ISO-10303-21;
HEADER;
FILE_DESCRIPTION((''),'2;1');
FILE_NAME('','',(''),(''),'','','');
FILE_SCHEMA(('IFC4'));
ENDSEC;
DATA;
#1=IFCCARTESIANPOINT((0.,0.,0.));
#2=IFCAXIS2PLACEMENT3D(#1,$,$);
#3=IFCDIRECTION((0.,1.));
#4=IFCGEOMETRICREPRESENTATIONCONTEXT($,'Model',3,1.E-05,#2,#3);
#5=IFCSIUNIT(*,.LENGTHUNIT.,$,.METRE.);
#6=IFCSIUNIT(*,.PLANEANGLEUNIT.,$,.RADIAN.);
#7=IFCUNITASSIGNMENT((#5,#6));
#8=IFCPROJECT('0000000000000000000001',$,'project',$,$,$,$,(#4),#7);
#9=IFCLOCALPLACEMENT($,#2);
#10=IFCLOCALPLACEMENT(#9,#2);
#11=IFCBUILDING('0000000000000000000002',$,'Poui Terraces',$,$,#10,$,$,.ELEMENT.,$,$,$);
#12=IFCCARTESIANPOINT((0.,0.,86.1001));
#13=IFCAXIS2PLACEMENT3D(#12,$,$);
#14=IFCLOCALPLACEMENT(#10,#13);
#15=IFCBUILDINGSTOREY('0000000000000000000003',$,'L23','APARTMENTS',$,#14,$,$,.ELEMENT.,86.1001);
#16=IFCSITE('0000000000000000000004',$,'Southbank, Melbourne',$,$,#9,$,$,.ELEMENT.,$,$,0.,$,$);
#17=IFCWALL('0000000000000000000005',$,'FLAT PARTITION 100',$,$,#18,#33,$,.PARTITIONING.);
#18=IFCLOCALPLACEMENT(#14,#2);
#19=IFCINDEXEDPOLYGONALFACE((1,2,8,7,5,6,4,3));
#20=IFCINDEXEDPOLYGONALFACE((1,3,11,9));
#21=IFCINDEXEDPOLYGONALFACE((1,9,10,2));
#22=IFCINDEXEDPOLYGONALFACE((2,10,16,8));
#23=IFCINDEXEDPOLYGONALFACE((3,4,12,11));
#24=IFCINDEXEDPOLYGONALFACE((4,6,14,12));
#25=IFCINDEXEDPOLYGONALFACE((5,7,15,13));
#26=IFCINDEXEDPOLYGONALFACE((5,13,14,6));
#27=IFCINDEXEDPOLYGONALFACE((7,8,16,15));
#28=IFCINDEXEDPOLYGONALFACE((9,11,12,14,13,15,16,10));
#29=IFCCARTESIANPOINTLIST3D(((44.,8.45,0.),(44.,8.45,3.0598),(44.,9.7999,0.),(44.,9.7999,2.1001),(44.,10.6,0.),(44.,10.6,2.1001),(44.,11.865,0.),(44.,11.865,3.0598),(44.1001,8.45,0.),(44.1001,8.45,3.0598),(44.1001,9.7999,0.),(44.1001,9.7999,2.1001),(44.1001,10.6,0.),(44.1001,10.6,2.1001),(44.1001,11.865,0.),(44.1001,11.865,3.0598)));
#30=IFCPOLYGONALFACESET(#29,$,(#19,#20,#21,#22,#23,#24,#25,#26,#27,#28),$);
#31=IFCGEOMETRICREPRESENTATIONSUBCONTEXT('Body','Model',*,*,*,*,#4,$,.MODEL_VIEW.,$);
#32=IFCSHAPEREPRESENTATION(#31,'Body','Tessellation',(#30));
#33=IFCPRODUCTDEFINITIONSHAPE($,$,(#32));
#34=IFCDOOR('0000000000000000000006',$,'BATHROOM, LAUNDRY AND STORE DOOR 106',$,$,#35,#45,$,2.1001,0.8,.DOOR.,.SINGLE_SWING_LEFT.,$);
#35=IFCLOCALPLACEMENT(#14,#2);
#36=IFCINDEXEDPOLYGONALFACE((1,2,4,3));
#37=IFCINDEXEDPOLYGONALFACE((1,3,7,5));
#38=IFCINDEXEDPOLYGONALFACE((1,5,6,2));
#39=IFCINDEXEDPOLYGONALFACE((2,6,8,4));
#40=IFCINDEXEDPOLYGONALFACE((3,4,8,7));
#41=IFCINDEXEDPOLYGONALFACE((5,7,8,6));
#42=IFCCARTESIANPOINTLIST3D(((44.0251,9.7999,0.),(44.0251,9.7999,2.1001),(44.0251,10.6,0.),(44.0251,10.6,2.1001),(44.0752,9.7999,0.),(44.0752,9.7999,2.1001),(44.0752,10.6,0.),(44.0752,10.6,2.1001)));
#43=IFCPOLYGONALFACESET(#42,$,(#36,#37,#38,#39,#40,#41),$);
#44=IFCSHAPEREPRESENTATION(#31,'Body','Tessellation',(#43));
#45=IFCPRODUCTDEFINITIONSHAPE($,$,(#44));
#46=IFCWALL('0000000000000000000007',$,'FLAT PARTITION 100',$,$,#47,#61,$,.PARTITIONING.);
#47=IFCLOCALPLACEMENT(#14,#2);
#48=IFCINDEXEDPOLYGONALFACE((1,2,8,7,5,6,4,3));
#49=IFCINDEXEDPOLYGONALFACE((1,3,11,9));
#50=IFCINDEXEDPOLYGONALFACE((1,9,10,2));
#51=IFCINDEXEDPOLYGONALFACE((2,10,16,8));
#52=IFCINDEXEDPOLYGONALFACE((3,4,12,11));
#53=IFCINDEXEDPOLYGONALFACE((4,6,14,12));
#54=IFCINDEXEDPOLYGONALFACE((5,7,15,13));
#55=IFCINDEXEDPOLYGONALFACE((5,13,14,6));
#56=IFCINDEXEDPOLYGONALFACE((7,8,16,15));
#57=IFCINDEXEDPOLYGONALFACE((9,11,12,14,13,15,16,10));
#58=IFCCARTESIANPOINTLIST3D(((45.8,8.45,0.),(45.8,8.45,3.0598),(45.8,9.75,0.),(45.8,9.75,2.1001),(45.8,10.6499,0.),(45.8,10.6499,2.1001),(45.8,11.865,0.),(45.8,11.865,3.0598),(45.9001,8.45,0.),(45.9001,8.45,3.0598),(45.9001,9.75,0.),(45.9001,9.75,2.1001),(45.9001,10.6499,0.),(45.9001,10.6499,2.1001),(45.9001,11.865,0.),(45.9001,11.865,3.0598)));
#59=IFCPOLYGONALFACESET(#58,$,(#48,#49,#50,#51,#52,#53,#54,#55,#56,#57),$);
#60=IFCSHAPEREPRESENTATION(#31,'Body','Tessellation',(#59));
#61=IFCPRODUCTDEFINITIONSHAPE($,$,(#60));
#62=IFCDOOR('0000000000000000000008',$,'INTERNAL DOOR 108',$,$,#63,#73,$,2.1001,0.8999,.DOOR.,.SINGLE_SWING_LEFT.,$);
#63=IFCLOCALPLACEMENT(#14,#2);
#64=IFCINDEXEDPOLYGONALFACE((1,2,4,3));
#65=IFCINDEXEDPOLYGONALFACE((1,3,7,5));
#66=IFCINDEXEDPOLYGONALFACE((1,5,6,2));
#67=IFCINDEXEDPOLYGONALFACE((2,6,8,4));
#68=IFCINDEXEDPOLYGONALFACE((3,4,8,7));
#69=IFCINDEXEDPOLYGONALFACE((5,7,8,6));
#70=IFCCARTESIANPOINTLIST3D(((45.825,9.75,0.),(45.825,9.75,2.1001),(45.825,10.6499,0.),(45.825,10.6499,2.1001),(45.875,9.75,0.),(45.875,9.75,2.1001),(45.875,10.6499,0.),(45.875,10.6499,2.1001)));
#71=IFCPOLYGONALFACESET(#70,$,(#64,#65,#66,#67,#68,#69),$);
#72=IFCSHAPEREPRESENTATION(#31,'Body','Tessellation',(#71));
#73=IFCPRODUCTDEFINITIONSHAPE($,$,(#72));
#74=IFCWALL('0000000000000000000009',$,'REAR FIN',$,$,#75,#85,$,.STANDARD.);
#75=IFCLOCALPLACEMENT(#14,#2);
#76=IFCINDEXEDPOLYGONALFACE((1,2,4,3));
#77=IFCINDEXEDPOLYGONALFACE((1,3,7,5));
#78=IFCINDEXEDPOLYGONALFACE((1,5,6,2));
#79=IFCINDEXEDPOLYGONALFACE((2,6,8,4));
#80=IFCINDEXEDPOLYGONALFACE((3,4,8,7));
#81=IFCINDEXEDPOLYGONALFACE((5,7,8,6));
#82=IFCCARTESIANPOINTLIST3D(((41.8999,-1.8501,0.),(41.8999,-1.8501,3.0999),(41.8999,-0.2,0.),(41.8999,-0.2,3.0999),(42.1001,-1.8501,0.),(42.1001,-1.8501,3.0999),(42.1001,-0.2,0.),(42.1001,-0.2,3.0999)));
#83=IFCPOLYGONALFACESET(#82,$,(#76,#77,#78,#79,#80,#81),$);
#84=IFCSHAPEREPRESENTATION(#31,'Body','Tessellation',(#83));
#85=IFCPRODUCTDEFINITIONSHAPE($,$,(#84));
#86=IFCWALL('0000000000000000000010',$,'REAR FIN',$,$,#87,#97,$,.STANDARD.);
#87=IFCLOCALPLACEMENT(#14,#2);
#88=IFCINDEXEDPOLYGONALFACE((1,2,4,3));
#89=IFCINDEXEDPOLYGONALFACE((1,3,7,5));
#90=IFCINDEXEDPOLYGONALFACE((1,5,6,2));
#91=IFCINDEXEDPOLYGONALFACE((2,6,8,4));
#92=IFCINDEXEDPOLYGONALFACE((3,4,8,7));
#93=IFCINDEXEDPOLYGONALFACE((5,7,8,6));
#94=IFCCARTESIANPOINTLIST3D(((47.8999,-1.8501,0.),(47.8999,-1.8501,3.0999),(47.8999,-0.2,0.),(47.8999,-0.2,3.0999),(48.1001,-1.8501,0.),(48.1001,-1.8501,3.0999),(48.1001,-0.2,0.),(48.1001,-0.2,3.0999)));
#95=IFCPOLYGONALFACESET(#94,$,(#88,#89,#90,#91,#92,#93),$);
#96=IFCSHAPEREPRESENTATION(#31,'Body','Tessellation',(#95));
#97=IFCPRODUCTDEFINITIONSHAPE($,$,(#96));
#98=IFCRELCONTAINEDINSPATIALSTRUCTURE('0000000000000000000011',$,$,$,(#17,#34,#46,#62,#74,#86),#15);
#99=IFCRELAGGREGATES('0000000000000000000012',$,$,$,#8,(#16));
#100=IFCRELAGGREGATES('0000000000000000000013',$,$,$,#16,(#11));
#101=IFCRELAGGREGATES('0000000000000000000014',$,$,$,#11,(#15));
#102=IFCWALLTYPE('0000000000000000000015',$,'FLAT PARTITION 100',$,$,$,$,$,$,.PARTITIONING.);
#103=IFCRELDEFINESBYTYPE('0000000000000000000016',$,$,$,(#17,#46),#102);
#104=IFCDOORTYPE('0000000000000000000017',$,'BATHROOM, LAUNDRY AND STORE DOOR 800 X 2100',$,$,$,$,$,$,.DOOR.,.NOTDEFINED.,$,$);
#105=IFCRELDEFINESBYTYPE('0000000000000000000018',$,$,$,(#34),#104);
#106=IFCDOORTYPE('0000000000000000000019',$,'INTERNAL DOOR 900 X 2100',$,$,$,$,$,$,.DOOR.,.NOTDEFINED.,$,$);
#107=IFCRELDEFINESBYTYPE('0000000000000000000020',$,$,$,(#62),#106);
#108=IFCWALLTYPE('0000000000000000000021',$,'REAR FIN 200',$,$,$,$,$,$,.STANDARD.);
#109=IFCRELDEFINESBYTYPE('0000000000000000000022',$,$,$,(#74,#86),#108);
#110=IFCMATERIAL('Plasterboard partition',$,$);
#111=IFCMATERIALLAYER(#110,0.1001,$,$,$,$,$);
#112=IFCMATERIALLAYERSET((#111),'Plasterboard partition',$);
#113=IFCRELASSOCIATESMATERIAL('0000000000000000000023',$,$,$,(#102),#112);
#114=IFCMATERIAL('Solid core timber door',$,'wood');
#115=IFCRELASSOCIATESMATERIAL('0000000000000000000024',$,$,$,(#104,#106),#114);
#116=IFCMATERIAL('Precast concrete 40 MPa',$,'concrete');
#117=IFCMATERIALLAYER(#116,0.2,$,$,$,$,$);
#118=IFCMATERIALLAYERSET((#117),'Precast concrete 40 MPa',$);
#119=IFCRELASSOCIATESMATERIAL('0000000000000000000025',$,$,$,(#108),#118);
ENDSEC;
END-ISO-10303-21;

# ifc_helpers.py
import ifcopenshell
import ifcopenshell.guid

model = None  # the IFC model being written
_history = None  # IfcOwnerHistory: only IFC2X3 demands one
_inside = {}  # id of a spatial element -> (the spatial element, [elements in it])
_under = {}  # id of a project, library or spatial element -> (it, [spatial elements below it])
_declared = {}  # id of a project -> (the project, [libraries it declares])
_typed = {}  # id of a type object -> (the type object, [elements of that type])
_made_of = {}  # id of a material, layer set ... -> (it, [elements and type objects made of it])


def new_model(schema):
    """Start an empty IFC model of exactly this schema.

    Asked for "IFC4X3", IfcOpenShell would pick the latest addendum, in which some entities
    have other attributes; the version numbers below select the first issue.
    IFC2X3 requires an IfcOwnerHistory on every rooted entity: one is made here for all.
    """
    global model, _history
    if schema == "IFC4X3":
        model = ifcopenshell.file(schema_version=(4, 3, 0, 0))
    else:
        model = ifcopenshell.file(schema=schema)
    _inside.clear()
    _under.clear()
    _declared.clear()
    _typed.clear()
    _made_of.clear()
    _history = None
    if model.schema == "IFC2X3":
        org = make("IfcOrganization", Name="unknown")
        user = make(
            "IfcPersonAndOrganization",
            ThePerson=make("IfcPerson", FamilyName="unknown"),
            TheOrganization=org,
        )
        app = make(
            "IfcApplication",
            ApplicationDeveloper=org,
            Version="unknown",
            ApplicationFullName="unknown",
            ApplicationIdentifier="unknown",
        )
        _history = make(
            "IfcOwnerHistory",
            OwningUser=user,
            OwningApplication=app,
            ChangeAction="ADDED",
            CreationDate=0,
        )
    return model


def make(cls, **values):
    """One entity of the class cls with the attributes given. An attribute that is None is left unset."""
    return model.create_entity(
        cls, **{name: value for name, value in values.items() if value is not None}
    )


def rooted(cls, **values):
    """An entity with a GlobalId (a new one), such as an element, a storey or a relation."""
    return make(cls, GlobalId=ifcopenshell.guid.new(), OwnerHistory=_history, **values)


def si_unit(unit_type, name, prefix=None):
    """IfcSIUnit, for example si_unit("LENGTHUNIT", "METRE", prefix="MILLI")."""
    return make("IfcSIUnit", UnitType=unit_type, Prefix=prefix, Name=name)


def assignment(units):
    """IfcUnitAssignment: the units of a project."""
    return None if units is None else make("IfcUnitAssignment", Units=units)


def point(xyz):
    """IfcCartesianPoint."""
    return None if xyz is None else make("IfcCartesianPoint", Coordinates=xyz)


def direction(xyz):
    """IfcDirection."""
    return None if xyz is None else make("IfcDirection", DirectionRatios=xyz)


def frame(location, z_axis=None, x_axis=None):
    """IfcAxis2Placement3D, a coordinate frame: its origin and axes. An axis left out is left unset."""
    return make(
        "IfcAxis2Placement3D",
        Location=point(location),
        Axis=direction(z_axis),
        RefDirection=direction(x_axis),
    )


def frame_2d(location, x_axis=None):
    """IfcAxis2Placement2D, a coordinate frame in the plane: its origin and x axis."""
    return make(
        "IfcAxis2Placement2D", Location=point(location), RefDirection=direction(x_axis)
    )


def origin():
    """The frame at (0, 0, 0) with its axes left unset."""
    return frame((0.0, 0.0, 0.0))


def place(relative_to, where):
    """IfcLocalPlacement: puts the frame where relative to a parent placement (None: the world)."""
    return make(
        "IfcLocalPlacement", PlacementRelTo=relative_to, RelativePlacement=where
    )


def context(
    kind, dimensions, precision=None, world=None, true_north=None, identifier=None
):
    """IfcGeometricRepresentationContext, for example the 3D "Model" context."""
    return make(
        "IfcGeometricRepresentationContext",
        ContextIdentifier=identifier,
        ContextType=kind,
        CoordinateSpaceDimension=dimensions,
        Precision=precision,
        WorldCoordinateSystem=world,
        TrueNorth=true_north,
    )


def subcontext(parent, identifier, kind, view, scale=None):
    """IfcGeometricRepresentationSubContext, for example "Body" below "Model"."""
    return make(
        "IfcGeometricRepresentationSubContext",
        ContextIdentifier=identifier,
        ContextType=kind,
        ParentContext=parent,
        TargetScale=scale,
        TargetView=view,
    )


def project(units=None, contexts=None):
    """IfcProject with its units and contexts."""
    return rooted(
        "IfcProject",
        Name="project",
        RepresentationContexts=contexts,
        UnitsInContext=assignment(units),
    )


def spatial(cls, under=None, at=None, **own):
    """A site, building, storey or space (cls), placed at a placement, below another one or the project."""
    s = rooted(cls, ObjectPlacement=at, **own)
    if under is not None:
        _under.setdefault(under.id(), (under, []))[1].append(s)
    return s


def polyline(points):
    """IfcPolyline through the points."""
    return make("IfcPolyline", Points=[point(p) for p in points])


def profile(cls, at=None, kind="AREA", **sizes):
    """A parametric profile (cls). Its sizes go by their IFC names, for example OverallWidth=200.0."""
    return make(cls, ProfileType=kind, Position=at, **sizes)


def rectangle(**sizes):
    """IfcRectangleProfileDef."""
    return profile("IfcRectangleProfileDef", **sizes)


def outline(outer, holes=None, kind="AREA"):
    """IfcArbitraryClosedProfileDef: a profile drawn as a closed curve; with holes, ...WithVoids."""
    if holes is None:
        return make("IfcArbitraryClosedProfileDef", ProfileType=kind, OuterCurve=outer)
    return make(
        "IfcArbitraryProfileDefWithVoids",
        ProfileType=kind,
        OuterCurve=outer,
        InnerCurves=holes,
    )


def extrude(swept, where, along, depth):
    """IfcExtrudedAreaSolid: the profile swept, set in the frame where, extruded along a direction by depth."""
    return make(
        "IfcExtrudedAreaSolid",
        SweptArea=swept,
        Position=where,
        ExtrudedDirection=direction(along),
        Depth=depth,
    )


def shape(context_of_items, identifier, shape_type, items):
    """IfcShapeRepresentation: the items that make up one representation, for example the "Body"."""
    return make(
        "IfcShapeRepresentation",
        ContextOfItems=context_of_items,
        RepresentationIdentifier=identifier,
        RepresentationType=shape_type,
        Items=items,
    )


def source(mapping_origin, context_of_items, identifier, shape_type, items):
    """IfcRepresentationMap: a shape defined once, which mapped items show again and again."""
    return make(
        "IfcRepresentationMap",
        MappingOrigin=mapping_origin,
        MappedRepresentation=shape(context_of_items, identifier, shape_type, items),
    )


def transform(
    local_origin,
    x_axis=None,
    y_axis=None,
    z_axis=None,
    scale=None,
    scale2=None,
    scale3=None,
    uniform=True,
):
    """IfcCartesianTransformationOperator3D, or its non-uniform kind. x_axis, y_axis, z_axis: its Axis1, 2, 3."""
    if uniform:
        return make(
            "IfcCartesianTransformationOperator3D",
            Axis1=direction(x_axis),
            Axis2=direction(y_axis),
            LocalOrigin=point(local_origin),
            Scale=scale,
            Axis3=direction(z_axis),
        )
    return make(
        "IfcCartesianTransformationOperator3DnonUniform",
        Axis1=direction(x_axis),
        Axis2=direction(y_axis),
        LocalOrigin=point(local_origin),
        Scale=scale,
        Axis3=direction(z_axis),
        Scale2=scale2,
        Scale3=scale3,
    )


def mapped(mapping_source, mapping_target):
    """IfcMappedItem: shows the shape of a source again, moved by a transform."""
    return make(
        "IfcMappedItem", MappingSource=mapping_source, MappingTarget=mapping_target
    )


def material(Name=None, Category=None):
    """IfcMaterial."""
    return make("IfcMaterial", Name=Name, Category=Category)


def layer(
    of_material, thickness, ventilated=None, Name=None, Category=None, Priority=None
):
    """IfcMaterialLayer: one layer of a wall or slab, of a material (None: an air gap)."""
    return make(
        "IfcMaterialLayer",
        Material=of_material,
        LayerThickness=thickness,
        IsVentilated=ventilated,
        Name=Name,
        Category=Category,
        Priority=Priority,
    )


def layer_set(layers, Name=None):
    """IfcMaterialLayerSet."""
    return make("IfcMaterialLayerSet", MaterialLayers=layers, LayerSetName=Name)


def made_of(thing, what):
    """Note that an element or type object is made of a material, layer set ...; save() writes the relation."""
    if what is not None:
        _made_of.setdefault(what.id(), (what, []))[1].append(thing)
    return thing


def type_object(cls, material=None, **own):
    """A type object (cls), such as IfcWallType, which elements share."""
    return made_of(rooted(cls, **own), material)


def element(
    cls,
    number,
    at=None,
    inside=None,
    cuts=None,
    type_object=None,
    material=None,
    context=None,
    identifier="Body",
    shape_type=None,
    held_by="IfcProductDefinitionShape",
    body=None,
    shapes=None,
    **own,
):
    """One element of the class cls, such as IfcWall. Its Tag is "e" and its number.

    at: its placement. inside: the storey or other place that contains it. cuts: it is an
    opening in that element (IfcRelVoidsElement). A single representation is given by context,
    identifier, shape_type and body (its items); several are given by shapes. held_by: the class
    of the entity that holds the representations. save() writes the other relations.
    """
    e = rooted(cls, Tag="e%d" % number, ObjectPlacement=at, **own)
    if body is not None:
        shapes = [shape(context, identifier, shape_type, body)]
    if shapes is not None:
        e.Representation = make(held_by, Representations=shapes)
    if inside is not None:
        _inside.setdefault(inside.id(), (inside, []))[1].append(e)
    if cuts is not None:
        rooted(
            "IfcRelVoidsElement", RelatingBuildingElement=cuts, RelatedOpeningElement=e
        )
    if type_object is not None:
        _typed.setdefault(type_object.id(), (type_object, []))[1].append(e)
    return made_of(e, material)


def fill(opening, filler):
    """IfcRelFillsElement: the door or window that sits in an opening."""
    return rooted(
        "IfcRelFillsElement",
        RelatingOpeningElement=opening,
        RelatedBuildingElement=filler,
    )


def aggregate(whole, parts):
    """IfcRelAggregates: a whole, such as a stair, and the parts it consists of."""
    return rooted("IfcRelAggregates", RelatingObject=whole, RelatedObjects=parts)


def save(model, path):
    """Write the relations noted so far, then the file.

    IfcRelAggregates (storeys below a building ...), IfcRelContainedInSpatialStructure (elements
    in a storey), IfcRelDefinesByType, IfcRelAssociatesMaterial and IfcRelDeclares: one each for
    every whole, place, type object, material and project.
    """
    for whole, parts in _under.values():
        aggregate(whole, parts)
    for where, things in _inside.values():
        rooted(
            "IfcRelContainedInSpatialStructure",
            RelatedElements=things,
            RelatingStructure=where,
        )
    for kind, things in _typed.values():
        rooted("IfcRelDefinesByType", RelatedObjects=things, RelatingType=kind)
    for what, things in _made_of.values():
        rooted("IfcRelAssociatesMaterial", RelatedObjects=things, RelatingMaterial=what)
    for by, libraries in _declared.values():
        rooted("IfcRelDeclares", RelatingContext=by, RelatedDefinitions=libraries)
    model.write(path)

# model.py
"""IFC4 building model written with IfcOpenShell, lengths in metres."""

from ifc_helpers import new_model, si_unit, direction, frame, frame_2d, origin, place, context, subcontext, project, spatial, polyline, rectangle, outline, extrude, source, transform, mapped, material, layer, layer_set, type_object, element, fill, save


model = new_model("IFC4")

# Units and contexts
model_context = context("Model", 3, precision=1e-05, world=origin(), true_north=direction((0.0, 1.0)))
body_context = subcontext(model_context, "Body", "Model", "MODEL_VIEW")
ifc_project = project(units=[si_unit("LENGTHUNIT", "METRE"), si_unit("PLANEANGLEUNIT", "RADIAN")], contexts=[model_context])

# Site, building, storey
site_placement = place(None, origin())
site = spatial("IfcSite", under=ifc_project, at=site_placement, Name="Southbank, Melbourne", CompositionType="ELEMENT", RefElevation=0.0)
building_placement = place(site_placement, origin())
building = spatial("IfcBuilding", under=site, at=building_placement, Name="Poui Terraces", CompositionType="ELEMENT")
storey_placement = place(building_placement, frame((0.0, 0.0, 86.1001)))
storey = spatial("IfcBuildingStorey", under=building, at=storey_placement, Name="L23", Description="APARTMENTS", CompositionType="ELEMENT", Elevation=86.1001)

# Shared definitions
ifc_material_1 = material(Name="Plasterboard partition")
ifc_layer_1 = layer(ifc_material_1, 0.1001)
ifc_layer_set_1 = layer_set([ifc_layer_1], Name="Plasterboard partition")
wall_type_1 = type_object("IfcWallType", Name="FLAT PARTITION 100", PredefinedType="PARTITIONING", material=ifc_layer_set_1)

# Shared definitions
ifc_material_2 = material(Name="Solid core timber door", Category="wood")
door_type_1 = type_object("IfcDoorType", Name="BATHROOM, LAUNDRY AND STORE DOOR 800 X 2100", OperationType="NOTDEFINED", PredefinedType="DOOR", material=ifc_material_2)

# Walls, openings, doors
wall_1_placement = place(storey_placement, frame((44.05, 8.45, 0.0), z_axis=(0.0, 0.0, 1.0), x_axis=(0.0, 1.0, 0.0)))
wall_1 = element("IfcWall", 1, at=wall_1_placement, inside=storey, type_object=wall_type_1, Name="FLAT PARTITION 100", PredefinedType="PARTITIONING", context=body_context, shape_type="SweptSolid", body=[
    extrude(rectangle(XDim=3.415, YDim=0.1001, at=frame_2d((1.7075, 0.0))), origin(), (0.0, 0.0, 1.0), 3.0598),
])
opening_1_placement = place(wall_1_placement, frame((1.3501, 0.0, 0.0)))
opening_1 = element("IfcOpeningElement", 2, at=opening_1_placement, cuts=wall_1, PredefinedType="OPENING", context=body_context, shape_type="SweptSolid", body=[
    extrude(rectangle(XDim=0.8, YDim=2.1001, at=frame_2d((0.3999, 1.05))), frame((0.0, 0.0601, 0.0), z_axis=(0.0, -1.0, 0.0), x_axis=(1.0, 0.0, 0.0)), (0.0, 0.0, 1.0), 0.1201),
])
door_1_placement = place(opening_1_placement, origin())
door_1 = element("IfcDoor", 3, at=door_1_placement, inside=storey, type_object=door_type_1, Name="BATHROOM, LAUNDRY AND STORE DOOR 106", OperationType="SINGLE_SWING_LEFT", OverallHeight=2.1001, OverallWidth=0.8, PredefinedType="DOOR", context=body_context, shape_type="SweptSolid", body=[
    extrude(rectangle(XDim=0.8, YDim=2.1001, at=frame_2d((0.3999, 1.05))), frame((0.0, 0.0249, 0.0), z_axis=(0.0, -1.0, 0.0), x_axis=(1.0, 0.0, 0.0)), (0.0, 0.0, 1.0), 0.05),
])
fill(opening_1, door_1)
wall_2_placement = place(storey_placement, frame((45.8501, 8.45, 0.0), z_axis=(0.0, 0.0, 1.0), x_axis=(0.0, 1.0, 0.0)))
wall_2 = element("IfcWall", 4, at=wall_2_placement, inside=storey, type_object=wall_type_1, Name="FLAT PARTITION 100", PredefinedType="PARTITIONING", context=body_context, shape_type="SweptSolid", body=[
    extrude(rectangle(XDim=3.415, YDim=0.1001, at=frame_2d((1.7075, 0.0))), origin(), (0.0, 0.0, 1.0), 3.0598),
])
opening_2_placement = place(wall_2_placement, frame((1.3, 0.0, 0.0)))
opening_2 = element("IfcOpeningElement", 5, at=opening_2_placement, cuts=wall_2, PredefinedType="OPENING", context=body_context, shape_type="SweptSolid", body=[
    extrude(rectangle(XDim=0.8999, YDim=2.1001, at=frame_2d((0.45, 1.05))), frame((0.0, 0.0601, 0.0), z_axis=(0.0, -1.0, 0.0), x_axis=(1.0, 0.0, 0.0)), (0.0, 0.0, 1.0), 0.1201),
])
door_type_2 = type_object("IfcDoorType", Name="INTERNAL DOOR 900 X 2100", OperationType="NOTDEFINED", PredefinedType="DOOR", material=ifc_material_2)
door_2_placement = place(opening_2_placement, frame((0.8999, 0.0, 0.0), z_axis=(0.0, 0.0, 1.0), x_axis=(-1.0, 0.0, 0.0)))
door_2 = element("IfcDoor", 6, at=door_2_placement, inside=storey, type_object=door_type_2, Name="INTERNAL DOOR 108", OperationType="SINGLE_SWING_LEFT", OverallHeight=2.1001, OverallWidth=0.8999, PredefinedType="DOOR", context=body_context, shape_type="SweptSolid", body=[
    extrude(rectangle(XDim=0.8999, YDim=2.1001, at=frame_2d((0.45, 1.05))), frame((0.0, 0.0249, 0.0), z_axis=(0.0, -1.0, 0.0), x_axis=(1.0, 0.0, 0.0)), (0.0, 0.0, 1.0), 0.05),
])
fill(opening_2, door_2)

# Walls
ifc_material_3 = material(Name="Precast concrete 40 MPa", Category="concrete")
ifc_layer_2 = layer(ifc_material_3, 0.2)
ifc_layer_set_2 = layer_set([ifc_layer_2], Name="Precast concrete 40 MPa")
wall_type_2 = type_object("IfcWallType", Name="REAR FIN 200", PredefinedType="STANDARD", material=ifc_layer_set_2)
shared_shape_1 = source(origin(), body_context, "Body", "SweptSolid", [
    extrude(outline(polyline([(0.0, 0.0), (0.2002, 0.0), (0.2002, 1.6501), (0.0, 1.6501), (0.0, 0.0)])), origin(), (0.0, 0.0, 1.0), 3.0999),
])
for number, where, name in (
    (7, (41.8999, -1.8501, 0.0), "REAR FIN"),
    (8, (47.8999, -1.8501, 0.0), "REAR FIN"),
):
    element("IfcWall", number, at=place(storey_placement, frame(where)), inside=storey, type_object=wall_type_2, Name=name, PredefinedType="STANDARD", context=body_context, shape_type="MappedRepresentation", body=[
        mapped(shared_shape_1, transform((0.0, 0.0, 0.0))),
    ])

save(model, "model.ifc")
